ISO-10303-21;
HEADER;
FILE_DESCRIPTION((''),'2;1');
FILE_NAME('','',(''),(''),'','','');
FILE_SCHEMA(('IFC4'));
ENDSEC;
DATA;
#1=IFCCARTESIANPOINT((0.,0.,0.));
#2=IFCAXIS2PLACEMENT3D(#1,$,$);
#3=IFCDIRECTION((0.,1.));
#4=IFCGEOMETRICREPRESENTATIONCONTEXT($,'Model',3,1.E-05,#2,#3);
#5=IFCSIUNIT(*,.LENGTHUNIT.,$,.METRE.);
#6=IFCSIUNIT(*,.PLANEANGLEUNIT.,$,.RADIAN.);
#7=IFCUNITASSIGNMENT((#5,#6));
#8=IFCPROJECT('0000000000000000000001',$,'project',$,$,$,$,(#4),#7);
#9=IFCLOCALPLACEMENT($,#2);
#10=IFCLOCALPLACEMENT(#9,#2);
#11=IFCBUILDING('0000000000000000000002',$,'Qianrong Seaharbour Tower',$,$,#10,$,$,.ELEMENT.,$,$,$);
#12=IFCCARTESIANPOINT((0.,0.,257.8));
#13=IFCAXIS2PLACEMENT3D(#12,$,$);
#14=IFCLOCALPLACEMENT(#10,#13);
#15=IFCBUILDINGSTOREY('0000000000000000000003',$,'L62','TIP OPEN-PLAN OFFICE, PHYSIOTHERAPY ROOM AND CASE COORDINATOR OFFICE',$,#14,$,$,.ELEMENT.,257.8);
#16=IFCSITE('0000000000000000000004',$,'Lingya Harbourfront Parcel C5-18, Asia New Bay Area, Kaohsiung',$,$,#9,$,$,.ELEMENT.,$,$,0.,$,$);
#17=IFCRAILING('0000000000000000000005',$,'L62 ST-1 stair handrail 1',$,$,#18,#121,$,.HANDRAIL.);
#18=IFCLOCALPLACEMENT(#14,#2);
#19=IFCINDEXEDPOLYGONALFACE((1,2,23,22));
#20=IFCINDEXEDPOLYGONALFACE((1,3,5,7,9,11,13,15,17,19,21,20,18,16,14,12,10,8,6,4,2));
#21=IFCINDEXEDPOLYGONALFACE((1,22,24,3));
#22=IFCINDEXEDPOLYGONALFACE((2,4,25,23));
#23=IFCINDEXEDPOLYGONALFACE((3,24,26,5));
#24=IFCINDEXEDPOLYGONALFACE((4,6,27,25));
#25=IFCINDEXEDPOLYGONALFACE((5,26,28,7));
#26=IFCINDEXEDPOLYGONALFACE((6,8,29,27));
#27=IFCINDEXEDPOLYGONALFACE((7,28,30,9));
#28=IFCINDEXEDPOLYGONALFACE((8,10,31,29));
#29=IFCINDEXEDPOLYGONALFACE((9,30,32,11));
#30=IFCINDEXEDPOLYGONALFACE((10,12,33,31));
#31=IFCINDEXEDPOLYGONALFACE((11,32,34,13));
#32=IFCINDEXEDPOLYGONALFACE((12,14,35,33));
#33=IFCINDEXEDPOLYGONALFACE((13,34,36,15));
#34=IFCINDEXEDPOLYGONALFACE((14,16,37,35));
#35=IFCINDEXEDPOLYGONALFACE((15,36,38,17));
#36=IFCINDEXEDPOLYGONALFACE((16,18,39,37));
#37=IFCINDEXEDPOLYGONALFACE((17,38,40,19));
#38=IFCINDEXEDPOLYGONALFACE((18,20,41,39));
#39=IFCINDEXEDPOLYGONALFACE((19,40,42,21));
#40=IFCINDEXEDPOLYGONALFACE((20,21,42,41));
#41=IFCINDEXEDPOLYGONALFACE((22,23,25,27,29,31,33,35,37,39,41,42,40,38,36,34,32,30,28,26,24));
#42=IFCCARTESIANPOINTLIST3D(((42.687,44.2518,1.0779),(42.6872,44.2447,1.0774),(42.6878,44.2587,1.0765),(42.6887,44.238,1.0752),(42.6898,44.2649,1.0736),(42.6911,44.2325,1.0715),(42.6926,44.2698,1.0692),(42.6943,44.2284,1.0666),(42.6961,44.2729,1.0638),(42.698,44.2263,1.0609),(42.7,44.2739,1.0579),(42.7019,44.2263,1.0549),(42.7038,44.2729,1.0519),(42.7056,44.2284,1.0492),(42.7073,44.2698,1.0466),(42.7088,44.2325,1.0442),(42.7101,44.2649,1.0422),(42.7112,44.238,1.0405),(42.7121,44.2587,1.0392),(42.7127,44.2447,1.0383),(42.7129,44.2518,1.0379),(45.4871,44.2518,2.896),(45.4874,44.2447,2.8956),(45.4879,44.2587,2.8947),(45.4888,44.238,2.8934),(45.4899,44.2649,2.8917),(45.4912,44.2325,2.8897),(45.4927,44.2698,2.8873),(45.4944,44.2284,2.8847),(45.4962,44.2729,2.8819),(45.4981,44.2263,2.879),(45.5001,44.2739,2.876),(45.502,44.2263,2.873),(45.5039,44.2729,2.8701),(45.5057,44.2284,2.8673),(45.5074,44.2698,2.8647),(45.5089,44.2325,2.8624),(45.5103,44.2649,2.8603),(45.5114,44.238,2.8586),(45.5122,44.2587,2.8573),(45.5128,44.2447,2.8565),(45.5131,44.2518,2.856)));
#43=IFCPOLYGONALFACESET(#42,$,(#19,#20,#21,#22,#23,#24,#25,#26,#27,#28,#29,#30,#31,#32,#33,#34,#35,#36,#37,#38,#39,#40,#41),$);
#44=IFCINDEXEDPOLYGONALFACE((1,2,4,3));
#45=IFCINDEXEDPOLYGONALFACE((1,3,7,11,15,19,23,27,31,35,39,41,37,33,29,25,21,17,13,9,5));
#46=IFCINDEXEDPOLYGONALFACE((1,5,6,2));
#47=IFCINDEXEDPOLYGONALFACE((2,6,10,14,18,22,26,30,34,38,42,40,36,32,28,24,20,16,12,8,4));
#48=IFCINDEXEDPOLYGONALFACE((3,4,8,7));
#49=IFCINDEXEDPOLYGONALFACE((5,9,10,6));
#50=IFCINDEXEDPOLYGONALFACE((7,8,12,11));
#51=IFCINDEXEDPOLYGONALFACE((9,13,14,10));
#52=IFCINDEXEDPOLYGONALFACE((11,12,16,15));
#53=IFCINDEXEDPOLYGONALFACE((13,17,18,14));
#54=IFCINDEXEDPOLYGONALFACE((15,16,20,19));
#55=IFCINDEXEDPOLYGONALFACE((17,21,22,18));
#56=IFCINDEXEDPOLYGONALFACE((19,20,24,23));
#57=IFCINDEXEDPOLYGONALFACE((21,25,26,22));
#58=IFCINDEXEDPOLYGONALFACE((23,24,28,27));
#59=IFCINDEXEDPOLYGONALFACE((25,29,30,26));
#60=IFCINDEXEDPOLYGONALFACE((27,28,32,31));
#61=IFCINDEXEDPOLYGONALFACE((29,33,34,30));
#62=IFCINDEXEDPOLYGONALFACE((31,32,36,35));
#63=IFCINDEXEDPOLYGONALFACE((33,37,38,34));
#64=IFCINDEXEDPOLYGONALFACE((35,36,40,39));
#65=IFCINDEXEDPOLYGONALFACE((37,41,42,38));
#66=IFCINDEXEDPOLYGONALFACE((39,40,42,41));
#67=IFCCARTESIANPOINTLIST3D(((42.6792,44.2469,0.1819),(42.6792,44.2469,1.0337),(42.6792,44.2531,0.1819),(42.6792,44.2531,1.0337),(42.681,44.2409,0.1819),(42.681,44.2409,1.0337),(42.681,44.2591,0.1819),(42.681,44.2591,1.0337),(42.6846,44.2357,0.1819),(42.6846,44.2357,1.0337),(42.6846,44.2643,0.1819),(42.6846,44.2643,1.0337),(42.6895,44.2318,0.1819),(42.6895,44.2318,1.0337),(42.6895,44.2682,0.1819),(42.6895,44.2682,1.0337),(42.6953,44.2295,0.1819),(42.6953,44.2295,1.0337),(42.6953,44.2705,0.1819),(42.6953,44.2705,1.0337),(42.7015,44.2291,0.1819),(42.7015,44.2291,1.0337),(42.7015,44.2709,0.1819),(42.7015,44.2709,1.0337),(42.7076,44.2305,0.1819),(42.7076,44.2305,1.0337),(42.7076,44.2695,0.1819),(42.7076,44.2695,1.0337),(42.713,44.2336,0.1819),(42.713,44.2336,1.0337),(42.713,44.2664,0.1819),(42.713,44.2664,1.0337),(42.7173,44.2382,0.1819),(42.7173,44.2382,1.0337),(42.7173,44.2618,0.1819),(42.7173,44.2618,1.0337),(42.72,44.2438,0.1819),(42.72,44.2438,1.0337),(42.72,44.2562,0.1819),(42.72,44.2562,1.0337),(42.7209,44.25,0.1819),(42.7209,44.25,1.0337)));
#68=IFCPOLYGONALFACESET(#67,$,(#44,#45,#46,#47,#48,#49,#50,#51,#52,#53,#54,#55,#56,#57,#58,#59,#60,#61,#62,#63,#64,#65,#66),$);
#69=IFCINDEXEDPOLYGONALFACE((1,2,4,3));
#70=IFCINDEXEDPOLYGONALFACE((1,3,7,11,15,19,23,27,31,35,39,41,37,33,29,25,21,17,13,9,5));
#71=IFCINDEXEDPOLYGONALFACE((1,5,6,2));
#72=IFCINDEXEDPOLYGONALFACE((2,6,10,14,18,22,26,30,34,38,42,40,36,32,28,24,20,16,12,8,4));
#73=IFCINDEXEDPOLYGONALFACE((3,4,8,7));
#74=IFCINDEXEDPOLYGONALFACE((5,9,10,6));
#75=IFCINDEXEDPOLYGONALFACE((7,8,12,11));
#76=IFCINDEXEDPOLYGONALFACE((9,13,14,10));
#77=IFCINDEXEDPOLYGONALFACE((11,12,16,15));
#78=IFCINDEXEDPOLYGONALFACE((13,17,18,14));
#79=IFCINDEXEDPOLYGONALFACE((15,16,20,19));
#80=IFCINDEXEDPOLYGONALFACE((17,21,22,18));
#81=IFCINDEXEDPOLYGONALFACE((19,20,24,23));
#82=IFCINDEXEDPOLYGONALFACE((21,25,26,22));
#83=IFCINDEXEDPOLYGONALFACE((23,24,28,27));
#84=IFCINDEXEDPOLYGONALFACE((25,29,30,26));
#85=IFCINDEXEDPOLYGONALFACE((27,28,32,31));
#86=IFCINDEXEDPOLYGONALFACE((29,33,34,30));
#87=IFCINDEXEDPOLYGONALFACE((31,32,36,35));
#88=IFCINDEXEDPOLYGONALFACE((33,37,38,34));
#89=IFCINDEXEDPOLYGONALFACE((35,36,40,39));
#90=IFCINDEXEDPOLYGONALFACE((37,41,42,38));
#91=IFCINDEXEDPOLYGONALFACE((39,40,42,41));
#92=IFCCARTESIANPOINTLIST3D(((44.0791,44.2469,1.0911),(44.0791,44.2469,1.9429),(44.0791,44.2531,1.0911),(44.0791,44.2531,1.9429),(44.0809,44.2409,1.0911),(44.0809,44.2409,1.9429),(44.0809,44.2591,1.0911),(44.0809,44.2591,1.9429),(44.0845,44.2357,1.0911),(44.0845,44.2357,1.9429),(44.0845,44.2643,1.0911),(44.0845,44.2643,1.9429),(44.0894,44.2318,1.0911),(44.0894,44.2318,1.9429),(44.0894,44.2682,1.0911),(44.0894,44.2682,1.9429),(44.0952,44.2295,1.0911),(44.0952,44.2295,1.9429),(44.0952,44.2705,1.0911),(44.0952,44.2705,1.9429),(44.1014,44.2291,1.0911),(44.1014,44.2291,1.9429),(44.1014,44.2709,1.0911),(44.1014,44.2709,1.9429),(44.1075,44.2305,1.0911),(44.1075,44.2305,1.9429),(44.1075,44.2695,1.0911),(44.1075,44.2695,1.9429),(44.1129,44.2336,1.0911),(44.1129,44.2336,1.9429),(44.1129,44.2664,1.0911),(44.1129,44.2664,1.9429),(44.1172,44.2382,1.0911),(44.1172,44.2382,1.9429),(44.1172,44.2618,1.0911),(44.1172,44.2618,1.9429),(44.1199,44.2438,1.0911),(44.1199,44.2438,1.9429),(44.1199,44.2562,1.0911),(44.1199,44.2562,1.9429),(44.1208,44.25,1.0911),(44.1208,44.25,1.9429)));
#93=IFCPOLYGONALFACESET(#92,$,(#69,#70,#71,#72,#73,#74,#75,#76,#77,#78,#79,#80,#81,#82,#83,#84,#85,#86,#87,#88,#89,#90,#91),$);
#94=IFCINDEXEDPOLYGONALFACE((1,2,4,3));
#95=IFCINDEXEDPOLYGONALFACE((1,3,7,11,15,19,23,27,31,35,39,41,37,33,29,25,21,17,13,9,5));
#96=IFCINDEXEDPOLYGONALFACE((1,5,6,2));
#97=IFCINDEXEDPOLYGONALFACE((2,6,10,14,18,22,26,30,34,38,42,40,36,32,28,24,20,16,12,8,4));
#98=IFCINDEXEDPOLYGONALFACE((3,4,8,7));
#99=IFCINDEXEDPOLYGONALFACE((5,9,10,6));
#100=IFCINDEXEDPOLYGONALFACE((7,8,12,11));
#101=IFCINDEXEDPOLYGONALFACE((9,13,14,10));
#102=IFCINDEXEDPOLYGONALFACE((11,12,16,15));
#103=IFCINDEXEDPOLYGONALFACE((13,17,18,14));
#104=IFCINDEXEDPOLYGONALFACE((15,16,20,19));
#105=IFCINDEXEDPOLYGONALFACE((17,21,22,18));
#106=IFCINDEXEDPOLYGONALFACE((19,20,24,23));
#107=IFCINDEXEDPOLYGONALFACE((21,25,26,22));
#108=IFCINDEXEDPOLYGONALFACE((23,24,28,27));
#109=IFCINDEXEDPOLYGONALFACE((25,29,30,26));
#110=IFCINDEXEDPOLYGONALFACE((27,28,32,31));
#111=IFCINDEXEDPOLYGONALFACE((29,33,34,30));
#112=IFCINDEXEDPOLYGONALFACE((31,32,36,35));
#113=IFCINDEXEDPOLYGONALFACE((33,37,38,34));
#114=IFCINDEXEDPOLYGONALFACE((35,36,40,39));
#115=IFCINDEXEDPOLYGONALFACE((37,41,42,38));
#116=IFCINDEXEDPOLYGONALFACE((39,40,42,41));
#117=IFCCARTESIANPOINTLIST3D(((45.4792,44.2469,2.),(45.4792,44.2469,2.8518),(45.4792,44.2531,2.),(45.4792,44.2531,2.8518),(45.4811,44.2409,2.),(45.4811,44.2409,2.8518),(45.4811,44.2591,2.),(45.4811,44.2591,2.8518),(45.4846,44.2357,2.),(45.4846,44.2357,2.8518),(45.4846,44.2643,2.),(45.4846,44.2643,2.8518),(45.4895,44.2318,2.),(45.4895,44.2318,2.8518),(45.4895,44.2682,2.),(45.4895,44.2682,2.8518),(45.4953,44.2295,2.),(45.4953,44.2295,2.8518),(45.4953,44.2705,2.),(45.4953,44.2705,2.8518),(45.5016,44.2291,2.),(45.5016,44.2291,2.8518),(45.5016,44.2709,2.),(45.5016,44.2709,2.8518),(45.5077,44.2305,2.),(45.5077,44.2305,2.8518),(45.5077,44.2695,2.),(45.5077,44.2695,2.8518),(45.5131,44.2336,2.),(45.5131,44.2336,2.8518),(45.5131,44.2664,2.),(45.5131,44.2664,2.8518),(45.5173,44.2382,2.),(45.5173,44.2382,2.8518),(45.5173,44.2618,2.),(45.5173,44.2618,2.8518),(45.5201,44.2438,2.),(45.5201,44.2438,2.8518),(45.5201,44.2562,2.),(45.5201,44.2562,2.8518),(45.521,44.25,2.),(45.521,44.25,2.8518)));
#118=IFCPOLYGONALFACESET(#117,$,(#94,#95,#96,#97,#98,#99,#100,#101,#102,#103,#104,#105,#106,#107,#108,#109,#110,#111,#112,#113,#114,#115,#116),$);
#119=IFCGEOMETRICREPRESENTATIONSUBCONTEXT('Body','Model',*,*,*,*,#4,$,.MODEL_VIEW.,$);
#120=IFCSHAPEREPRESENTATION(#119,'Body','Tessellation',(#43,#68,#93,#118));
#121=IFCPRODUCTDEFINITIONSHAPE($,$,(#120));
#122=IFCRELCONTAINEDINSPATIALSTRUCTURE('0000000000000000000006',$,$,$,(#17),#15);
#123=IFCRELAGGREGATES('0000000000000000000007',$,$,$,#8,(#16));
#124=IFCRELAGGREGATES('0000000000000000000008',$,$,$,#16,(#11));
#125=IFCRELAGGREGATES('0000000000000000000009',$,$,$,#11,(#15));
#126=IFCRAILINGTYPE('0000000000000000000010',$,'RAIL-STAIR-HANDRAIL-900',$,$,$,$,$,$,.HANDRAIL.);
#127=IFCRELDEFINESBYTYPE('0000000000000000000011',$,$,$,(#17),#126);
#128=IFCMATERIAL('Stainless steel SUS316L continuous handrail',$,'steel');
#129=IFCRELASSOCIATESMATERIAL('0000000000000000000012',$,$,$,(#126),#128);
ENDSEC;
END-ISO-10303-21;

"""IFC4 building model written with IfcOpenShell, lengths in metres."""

from ifc_helpers import new_model, si_unit, direction, frame, origin, origin_2d, place, context, subcontext, project, spatial, circle, extrude, material, type_object, element, save


model = new_model("IFC4")

# Units and contexts
model_context = context("Model", 3, precision=1e-05, world=origin(), true_north=direction((0.0, 1.0)))
body_context = subcontext(model_context, "Body", "Model", "MODEL_VIEW")
ifc_project = project(units=[si_unit("LENGTHUNIT", "METRE"), si_unit("PLANEANGLEUNIT", "RADIAN")], contexts=[model_context])

# Site, building, storey
site_placement = place(None, origin())
site = spatial("IfcSite", under=ifc_project, at=site_placement, Name="Lingya Harbourfront Parcel C5-18, Asia New Bay Area, Kaohsiung", CompositionType="ELEMENT", RefElevation=0.0)
building_placement = place(site_placement, origin())
building = spatial("IfcBuilding", under=site, at=building_placement, Name="Qianrong Seaharbour Tower", CompositionType="ELEMENT")
storey_placement = place(building_placement, frame((0.0, 0.0, 257.8)))
storey = spatial("IfcBuildingStorey", under=building, at=storey_placement, Name="L62", Description="TIP OPEN-PLAN OFFICE, PHYSIOTHERAPY ROOM AND CASE COORDINATOR OFFICE", CompositionType="ELEMENT", Elevation=257.8)

# Railing
ifc_material_1 = material(Name="Stainless steel SUS316L continuous handrail", Category="steel")
railing_type_1 = type_object("IfcRailingType", Name="RAIL-STAIR-HANDRAIL-900", PredefinedType="HANDRAIL", material=ifc_material_1)
railing_1_placement = place(storey_placement, frame((42.7, 44.25, 0.1819)))
element("IfcRailing", 1, at=railing_1_placement, inside=storey, type_object=railing_type_1, Name="L62 ST-1 stair handrail 1", PredefinedType="HANDRAIL", context=body_context, shape_type="SweptSolid", body=[
    extrude(circle(Radius=0.0239, at=origin_2d()), frame((0.0, 0.0, 0.876), z_axis=(0.838706, 0.0, 0.544585), x_axis=(0.0, 1.0, 0.0)), (0.0, 0.0, 1.0), 3.3386),
    extrude(circle(Radius=0.021, at=origin_2d()), origin(), (0.0, 0.0, 1.0), 0.8518),
    extrude(circle(Radius=0.021, at=origin_2d()), frame((1.3999, 0.0, 0.9092)), (0.0, 0.0, 1.0), 0.8518),
    extrude(circle(Radius=0.021, at=origin_2d()), frame((2.8, 0.0, 1.8181)), (0.0, 0.0, 1.0), 0.8518),
])

save(model, "model.ifc")
